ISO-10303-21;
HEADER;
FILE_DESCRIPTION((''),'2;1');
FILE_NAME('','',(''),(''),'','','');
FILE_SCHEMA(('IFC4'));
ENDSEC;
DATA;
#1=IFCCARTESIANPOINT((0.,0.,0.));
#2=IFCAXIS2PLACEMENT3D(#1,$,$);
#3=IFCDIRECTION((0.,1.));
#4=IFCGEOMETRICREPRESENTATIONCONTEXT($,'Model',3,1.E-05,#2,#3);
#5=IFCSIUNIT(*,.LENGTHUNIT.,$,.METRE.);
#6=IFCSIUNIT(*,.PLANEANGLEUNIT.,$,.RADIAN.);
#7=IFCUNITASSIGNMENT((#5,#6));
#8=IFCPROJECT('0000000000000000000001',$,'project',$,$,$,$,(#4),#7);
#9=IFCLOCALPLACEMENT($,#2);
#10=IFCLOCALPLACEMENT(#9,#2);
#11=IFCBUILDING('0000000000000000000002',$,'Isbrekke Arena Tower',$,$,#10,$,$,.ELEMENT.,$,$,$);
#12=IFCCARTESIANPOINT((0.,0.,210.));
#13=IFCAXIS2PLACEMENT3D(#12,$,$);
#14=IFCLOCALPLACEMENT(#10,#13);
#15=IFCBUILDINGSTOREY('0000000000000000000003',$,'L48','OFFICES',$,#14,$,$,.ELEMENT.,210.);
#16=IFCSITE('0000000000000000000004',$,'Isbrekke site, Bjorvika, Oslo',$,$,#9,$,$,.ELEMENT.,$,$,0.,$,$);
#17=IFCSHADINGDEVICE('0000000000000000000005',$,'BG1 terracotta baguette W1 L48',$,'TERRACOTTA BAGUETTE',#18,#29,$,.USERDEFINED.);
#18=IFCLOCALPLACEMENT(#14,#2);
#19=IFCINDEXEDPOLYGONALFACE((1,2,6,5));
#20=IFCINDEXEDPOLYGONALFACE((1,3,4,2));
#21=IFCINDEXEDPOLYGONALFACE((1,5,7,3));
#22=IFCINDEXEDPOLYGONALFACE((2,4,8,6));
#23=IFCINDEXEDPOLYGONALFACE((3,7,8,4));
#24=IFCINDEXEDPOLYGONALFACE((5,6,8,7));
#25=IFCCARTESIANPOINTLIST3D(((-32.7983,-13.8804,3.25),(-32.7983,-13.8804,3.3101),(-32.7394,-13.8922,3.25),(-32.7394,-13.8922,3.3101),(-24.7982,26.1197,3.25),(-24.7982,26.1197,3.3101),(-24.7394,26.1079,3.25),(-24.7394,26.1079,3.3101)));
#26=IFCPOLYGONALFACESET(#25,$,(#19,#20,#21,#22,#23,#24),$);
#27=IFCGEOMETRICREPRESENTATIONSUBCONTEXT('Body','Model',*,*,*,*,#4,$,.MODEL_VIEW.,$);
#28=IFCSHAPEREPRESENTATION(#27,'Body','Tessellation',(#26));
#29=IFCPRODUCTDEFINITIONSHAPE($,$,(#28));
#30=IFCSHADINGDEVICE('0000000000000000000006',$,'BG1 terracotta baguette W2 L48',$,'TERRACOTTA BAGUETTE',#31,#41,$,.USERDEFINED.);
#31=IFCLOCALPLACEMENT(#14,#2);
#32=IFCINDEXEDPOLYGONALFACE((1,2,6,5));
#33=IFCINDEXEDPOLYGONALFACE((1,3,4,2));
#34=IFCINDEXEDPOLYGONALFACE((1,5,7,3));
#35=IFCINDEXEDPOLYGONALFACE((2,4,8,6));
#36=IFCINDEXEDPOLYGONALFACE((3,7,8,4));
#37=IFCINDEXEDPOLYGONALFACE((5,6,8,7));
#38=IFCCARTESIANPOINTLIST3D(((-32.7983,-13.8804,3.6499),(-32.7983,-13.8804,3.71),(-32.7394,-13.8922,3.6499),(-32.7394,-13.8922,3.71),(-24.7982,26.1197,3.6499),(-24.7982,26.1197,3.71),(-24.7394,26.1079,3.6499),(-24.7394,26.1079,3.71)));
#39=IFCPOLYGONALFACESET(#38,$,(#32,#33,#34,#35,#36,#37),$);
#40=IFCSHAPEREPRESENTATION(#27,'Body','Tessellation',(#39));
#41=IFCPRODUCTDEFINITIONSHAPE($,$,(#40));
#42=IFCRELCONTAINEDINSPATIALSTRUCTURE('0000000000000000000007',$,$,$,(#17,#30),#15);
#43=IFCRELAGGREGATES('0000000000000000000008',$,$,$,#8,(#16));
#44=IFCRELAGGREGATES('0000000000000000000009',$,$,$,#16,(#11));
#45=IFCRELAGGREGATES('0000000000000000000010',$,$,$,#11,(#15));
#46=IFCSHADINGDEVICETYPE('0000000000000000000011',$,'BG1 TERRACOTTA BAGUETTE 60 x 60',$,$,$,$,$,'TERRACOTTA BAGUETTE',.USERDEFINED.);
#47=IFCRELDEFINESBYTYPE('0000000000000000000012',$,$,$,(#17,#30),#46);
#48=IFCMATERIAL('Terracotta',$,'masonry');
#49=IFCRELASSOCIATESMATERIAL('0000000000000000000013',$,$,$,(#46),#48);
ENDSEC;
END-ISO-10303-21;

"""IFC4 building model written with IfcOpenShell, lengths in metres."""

from ifc_helpers import new_model, si_unit, direction, frame, origin, origin_2d, place, context, subcontext, project, spatial, rectangle, extrude, material, material_profile, profile_set, type_object, element, save


model = new_model("IFC4")

# Units and contexts
model_context = context("Model", 3, precision=1e-05, world=origin(), true_north=direction((0.0, 1.0)))
body_context = subcontext(model_context, "Body", "Model", "MODEL_VIEW")
ifc_project = project(units=[si_unit("LENGTHUNIT", "METRE"), si_unit("PLANEANGLEUNIT", "RADIAN")], contexts=[model_context])

# Site, building, storey
site_placement = place(None, origin())
site = spatial("IfcSite", under=ifc_project, at=site_placement, Name="Isbrekke site, Bjorvika, Oslo", CompositionType="ELEMENT", RefElevation=0.0)
building_placement = place(site_placement, origin())
building = spatial("IfcBuilding", under=site, at=building_placement, Name="Isbrekke Arena Tower", CompositionType="ELEMENT")
storey_placement = place(building_placement, frame((0.0, 0.0, 210.0)))
storey = spatial("IfcBuildingStorey", under=building, at=storey_placement, Name="L48", Description="OFFICES", CompositionType="ELEMENT", Elevation=210.0)

# Shading devices
ifc_material_1 = material(Name="Terracotta", Category="masonry")
ifc_material_profile_1 = material_profile(ifc_material_1, rectangle(XDim=0.0601, YDim=0.0601, at=origin_2d()), Name="BAGUETTE 60X60")
ifc_profile_set_1 = profile_set([ifc_material_profile_1], Name="Terracotta")
shading_device_type = type_object("IfcShadingDeviceType", Name="BG1 TERRACOTTA BAGUETTE 60 x 60", ElementType="TERRACOTTA BAGUETTE", PredefinedType="USERDEFINED", material=ifc_profile_set_1)
for number, where, z_axis, x_axis, name in (
    (1, (-24.7688, 26.1138, 3.28), (-0.196116, -0.980581, 0.0), (0.980581, -0.196116, 0.0), "BG1 terracotta baguette W1 L48"),
    (2, (-24.7688, 26.1138, 3.6799), (-0.196116, -0.980581, 0.0), (0.980581, -0.196116, 0.0), "BG1 terracotta baguette W2 L48"),
):
    element("IfcShadingDevice", number, at=place(storey_placement, frame(where, z_axis=z_axis, x_axis=x_axis)), inside=storey, type_object=shading_device_type, Name=name, ObjectType="TERRACOTTA BAGUETTE", PredefinedType="USERDEFINED", context=body_context, shape_type="SweptSolid", body=[
        extrude(rectangle(XDim=0.0601, YDim=0.0601, at=origin_2d()), origin(), (0.0, 0.0, 1.0), 40.7922),
    ])

save(model, "model.ifc")
